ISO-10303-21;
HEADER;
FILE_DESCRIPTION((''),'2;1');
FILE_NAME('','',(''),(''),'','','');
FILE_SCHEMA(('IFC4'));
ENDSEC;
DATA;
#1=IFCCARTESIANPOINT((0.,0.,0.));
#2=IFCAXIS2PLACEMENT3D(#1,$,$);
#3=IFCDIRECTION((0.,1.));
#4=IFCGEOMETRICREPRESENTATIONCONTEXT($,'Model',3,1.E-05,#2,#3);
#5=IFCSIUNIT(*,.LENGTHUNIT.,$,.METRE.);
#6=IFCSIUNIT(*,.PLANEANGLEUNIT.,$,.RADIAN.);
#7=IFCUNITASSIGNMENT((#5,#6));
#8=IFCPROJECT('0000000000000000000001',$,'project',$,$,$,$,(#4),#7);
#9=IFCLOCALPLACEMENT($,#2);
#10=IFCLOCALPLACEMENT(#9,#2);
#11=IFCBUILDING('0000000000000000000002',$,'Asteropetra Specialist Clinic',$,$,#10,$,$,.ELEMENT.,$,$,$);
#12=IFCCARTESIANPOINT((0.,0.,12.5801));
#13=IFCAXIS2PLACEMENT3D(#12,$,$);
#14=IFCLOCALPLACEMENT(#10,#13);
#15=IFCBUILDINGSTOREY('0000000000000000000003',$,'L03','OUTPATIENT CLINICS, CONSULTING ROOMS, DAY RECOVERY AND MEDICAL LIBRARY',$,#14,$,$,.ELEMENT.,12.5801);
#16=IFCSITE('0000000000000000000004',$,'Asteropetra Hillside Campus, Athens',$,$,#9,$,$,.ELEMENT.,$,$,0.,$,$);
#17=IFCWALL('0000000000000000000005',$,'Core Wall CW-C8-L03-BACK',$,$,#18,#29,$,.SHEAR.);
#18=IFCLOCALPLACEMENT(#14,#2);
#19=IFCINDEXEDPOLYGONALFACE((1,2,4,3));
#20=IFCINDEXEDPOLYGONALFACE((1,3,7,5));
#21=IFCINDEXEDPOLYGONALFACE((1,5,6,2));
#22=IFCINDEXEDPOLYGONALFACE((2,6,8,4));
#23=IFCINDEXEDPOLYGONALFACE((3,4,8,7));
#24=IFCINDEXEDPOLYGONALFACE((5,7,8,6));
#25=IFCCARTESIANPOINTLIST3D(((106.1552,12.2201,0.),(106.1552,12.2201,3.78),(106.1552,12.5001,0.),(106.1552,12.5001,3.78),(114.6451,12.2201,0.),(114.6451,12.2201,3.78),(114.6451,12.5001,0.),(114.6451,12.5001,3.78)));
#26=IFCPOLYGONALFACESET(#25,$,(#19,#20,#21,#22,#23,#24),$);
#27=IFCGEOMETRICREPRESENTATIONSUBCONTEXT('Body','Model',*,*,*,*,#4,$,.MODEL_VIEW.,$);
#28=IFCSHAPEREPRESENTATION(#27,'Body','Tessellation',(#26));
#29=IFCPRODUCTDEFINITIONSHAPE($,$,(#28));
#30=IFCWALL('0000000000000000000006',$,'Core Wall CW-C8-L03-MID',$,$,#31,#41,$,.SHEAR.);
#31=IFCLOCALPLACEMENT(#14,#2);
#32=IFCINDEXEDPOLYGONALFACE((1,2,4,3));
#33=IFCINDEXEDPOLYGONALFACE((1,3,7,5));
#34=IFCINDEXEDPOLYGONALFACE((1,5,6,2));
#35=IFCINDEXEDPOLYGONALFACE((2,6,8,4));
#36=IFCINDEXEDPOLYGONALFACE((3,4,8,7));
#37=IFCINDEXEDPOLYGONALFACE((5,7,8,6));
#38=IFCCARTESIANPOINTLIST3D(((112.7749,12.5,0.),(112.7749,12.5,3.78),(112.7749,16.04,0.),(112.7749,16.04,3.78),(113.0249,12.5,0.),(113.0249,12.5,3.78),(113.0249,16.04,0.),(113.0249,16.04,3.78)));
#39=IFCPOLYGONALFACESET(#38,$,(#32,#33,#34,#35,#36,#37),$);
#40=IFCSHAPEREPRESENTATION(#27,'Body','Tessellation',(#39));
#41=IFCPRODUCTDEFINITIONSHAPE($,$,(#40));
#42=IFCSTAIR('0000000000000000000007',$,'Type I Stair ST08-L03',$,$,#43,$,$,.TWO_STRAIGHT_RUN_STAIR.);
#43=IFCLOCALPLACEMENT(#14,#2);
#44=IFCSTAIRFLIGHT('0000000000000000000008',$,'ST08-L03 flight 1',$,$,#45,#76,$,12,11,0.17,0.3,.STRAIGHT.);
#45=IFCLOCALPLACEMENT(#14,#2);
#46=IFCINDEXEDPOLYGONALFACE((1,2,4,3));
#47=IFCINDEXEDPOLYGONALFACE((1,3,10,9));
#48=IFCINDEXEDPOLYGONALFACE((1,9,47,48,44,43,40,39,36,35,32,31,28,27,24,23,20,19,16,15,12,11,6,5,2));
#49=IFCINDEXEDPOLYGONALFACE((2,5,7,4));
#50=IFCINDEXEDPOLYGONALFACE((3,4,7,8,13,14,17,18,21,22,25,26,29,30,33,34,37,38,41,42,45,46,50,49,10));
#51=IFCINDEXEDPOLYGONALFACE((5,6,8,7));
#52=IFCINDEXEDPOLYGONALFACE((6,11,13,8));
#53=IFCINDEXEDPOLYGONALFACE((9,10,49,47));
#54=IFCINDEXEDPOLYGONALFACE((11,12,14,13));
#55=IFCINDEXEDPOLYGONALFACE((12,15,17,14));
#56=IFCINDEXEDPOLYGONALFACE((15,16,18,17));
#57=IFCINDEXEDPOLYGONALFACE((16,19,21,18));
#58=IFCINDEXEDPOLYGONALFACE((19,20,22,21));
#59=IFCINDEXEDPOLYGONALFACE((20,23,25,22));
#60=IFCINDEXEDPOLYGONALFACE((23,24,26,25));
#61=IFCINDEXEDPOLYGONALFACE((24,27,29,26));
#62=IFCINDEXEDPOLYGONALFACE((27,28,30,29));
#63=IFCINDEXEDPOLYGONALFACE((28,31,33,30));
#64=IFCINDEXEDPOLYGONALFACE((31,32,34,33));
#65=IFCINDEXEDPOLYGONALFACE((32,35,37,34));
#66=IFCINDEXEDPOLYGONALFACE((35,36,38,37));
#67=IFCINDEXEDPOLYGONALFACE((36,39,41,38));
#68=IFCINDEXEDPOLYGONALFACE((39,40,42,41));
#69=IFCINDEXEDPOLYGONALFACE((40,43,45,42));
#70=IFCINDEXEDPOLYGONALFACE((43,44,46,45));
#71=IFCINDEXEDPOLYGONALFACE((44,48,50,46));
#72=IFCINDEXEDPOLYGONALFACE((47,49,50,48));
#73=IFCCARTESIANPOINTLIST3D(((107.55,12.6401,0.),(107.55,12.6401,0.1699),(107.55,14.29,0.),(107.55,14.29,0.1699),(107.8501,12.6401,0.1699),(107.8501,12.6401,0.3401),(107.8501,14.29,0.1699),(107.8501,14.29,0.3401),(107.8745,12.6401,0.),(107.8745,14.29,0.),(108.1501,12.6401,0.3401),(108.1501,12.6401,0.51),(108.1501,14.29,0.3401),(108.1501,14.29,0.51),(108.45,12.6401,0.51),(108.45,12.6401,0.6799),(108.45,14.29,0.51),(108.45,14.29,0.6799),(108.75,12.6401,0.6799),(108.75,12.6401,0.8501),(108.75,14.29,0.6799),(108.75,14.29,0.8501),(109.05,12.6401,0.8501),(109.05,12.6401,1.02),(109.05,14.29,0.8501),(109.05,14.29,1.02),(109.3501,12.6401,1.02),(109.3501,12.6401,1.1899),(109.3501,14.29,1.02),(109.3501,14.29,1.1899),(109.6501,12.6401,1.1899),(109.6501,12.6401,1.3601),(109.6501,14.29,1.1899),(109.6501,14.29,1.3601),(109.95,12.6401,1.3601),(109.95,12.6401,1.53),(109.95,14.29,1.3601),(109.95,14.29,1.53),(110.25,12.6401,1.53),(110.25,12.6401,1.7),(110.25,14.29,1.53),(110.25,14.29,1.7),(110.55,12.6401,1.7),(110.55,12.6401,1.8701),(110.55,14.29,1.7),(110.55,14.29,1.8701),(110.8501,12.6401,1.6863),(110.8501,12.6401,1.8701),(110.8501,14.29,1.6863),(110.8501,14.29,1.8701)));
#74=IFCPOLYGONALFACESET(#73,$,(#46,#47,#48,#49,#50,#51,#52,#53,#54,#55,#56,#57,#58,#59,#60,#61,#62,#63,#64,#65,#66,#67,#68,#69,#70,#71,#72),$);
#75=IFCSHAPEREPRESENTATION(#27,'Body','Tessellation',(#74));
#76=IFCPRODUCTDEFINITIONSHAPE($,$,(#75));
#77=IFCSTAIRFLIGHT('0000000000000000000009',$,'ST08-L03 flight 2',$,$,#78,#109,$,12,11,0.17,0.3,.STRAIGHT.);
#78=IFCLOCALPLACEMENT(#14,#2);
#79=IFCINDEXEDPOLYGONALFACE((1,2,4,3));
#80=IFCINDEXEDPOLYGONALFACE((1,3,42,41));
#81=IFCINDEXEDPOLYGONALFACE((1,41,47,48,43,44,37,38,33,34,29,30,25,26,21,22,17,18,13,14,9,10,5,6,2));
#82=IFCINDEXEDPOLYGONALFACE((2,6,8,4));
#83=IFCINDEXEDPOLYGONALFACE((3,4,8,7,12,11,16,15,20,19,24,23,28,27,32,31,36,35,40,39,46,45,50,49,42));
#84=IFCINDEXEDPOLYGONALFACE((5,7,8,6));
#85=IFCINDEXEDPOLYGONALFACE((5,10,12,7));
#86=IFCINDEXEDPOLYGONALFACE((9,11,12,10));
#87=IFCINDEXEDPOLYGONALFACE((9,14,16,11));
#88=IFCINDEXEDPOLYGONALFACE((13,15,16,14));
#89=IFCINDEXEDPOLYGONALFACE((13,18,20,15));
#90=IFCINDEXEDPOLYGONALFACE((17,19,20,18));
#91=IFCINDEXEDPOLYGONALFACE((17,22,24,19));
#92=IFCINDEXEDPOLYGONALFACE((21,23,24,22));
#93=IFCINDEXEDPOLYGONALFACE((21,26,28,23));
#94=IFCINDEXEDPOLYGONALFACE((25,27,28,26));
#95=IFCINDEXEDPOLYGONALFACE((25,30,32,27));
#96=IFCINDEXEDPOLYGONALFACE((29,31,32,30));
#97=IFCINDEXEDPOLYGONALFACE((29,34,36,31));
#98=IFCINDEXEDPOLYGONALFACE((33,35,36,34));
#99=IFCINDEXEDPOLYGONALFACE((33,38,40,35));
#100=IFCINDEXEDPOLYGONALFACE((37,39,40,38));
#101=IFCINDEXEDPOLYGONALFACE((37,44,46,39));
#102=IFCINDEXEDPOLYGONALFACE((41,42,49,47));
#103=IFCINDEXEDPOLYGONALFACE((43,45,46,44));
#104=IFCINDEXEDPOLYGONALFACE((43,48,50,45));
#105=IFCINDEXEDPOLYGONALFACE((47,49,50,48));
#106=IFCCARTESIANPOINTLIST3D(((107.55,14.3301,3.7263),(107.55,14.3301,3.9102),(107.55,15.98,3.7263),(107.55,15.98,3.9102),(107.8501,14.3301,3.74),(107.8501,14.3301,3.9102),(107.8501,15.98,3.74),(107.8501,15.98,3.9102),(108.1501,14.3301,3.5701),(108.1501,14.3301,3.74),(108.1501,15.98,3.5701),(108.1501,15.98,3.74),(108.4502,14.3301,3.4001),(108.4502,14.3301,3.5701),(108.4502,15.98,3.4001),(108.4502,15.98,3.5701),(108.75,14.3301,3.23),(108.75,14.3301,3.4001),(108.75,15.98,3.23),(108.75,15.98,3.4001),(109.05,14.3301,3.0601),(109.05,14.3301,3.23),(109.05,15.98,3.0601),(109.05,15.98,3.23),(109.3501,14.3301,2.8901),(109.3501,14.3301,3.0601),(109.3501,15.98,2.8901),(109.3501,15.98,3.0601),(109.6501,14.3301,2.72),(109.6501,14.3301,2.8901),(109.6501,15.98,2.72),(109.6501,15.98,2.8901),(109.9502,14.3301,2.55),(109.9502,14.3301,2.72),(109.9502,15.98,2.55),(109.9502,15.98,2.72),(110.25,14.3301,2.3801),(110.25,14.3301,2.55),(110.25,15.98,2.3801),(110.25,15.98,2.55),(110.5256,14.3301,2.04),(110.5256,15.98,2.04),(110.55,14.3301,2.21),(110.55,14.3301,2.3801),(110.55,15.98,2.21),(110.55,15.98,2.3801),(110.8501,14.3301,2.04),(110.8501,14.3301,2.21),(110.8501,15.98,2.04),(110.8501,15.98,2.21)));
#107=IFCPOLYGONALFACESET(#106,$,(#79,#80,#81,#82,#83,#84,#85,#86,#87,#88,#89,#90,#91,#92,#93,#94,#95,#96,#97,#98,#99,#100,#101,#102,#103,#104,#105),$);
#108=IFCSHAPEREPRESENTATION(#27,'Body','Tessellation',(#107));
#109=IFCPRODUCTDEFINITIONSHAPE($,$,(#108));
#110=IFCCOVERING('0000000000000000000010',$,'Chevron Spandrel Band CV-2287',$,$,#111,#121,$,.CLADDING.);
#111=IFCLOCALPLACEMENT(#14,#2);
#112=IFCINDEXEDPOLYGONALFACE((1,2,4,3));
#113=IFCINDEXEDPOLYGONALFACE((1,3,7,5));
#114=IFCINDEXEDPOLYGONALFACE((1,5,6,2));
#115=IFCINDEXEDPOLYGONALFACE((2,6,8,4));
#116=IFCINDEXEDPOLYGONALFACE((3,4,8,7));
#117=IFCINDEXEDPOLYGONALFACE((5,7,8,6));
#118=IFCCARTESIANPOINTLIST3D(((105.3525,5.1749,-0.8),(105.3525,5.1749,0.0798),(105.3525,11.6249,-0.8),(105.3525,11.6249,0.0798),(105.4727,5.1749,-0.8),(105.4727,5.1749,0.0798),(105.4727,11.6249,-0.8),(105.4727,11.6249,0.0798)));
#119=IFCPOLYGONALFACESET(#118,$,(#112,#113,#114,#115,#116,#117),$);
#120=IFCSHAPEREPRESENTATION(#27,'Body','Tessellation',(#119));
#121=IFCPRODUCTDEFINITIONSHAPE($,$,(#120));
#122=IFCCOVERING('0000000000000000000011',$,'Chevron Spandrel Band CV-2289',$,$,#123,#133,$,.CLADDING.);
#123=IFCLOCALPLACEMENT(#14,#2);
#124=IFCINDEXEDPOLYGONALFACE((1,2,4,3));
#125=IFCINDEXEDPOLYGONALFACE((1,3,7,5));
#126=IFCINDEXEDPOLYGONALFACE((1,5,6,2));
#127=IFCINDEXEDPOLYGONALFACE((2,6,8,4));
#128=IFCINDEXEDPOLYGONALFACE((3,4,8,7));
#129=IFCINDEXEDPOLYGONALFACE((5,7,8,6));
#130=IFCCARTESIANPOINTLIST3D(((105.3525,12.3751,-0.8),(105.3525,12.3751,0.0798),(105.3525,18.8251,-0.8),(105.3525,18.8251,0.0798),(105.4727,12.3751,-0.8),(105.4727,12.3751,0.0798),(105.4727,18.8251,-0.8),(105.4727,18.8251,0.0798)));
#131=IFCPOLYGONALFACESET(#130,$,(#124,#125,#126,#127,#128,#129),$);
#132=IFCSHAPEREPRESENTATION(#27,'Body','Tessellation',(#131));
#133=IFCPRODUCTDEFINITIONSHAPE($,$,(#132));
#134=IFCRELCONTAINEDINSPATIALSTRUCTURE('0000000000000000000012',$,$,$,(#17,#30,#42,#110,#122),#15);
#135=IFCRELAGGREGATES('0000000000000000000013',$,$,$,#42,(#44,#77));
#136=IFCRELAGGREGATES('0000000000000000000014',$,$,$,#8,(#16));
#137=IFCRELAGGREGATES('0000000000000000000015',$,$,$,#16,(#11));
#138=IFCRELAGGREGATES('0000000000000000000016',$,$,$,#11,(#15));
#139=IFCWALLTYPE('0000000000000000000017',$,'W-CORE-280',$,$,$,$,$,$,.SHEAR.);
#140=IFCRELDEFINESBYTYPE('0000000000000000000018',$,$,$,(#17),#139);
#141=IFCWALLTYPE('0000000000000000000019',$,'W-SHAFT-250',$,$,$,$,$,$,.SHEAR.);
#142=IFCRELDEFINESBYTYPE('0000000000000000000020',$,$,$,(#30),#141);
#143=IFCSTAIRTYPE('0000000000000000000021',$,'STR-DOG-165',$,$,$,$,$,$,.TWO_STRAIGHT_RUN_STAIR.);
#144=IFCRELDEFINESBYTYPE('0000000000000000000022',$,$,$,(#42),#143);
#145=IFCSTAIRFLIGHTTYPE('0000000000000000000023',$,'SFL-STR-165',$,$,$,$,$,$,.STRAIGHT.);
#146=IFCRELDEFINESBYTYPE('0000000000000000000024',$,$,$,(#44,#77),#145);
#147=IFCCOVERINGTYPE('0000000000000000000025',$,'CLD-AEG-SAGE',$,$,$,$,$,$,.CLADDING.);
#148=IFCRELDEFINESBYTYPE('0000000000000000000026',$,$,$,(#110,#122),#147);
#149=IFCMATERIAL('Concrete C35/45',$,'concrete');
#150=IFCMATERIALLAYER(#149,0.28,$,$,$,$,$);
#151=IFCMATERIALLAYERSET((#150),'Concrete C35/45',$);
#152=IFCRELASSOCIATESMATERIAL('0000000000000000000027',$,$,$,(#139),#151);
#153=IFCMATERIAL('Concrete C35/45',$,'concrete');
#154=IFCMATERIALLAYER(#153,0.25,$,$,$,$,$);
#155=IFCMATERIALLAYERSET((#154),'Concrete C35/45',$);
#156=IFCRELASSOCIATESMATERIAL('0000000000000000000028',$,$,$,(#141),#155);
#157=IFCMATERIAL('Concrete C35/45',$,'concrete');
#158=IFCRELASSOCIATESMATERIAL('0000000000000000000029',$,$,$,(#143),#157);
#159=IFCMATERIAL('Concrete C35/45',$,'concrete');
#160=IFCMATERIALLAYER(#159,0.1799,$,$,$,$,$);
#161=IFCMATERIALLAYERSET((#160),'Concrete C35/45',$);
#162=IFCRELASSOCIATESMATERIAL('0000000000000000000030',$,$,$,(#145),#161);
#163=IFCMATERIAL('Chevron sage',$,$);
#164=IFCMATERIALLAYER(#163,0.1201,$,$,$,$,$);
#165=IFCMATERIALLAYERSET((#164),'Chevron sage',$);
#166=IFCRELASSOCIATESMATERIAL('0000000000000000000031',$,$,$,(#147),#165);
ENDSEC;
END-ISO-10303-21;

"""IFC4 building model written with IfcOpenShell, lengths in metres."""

from ifc_helpers import new_model, si_unit, direction, frame, frame_2d, origin, origin_2d, place, context, subcontext, project, spatial, polyline, rectangle, outline, extrude, material, layer, layer_set, type_object, element, aggregate, save


model = new_model("IFC4")

# Units and contexts
model_context = context("Model", 3, precision=1e-05, world=origin(), true_north=direction((0.0, 1.0)))
body_context = subcontext(model_context, "Body", "Model", "MODEL_VIEW")
ifc_project = project(units=[si_unit("LENGTHUNIT", "METRE"), si_unit("PLANEANGLEUNIT", "RADIAN")], contexts=[model_context])

# Site, building, storey
site_placement = place(None, origin())
site = spatial("IfcSite", under=ifc_project, at=site_placement, Name="Asteropetra Hillside Campus, Athens", CompositionType="ELEMENT", RefElevation=0.0)
building_placement = place(site_placement, origin())
building = spatial("IfcBuilding", under=site, at=building_placement, Name="Asteropetra Specialist Clinic", CompositionType="ELEMENT")
storey_placement = place(building_placement, frame((0.0, 0.0, 12.5801)))
storey = spatial("IfcBuildingStorey", under=building, at=storey_placement, Name="L03", Description="OUTPATIENT CLINICS, CONSULTING ROOMS, DAY RECOVERY AND MEDICAL LIBRARY", CompositionType="ELEMENT", Elevation=12.5801)

# Walls
ifc_material_1 = material(Name="Concrete C35/45", Category="concrete")
ifc_layer_1 = layer(ifc_material_1, 0.28)
ifc_layer_set_1 = layer_set([ifc_layer_1], Name="Concrete C35/45")
wall_type_1 = type_object("IfcWallType", Name="W-CORE-280", PredefinedType="SHEAR", material=ifc_layer_set_1)
wall_1_placement = place(storey_placement, frame((106.155, 12.3601, 0.0), z_axis=(0.0, 0.0, 1.0), x_axis=(1.0, 0.0, 0.0)))
element("IfcWall", 1, at=wall_1_placement, inside=storey, type_object=wall_type_1, Name="Core Wall CW-C8-L03-BACK", PredefinedType="SHEAR", context=body_context, shape_type="SweptSolid", body=[
    extrude(rectangle(XDim=8.49, YDim=0.28, at=frame_2d((4.2451, 0.0))), origin(), (0.0, 0.0, 1.0), 3.78),
])
ifc_material_2 = material(Name="Concrete C35/45", Category="concrete")
ifc_layer_2 = layer(ifc_material_2, 0.25)
ifc_layer_set_2 = layer_set([ifc_layer_2], Name="Concrete C35/45")
wall_type_2 = type_object("IfcWallType", Name="W-SHAFT-250", PredefinedType="SHEAR", material=ifc_layer_set_2)
wall_2_placement = place(storey_placement, frame((112.8999, 12.5, 0.0), z_axis=(0.0, 0.0, 1.0), x_axis=(0.0, 1.0, 0.0)))
element("IfcWall", 2, at=wall_2_placement, inside=storey, type_object=wall_type_2, Name="Core Wall CW-C8-L03-MID", PredefinedType="SHEAR", context=body_context, shape_type="SweptSolid", body=[
    extrude(rectangle(XDim=3.54, YDim=0.25, at=frame_2d((1.77, 0.0))), origin(), (0.0, 0.0, 1.0), 3.78),
])

# Stair, stair flights
ifc_material_3 = material(Name="Concrete C35/45", Category="concrete")
stair_type = type_object("IfcStairType", Name="STR-DOG-165", PredefinedType="TWO_STRAIGHT_RUN_STAIR", material=ifc_material_3)
stair_placement = place(storey_placement, origin())
stair = element("IfcStair", 3, at=stair_placement, inside=storey, type_object=stair_type, Name="Type I Stair ST08-L03", PredefinedType="TWO_STRAIGHT_RUN_STAIR")
ifc_material_4 = material(Name="Concrete C35/45", Category="concrete")
ifc_layer_3 = layer(ifc_material_4, 0.1799)
ifc_layer_set_3 = layer_set([ifc_layer_3], Name="Concrete C35/45")
stair_flight_type = type_object("IfcStairFlightType", Name="SFL-STR-165", PredefinedType="STRAIGHT", material=ifc_layer_set_3)
stair_flight_1_placement = place(storey_placement, frame((107.55, 13.4651, 0.0), z_axis=(0.0, 0.0, 1.0), x_axis=(1.0, 0.0, 0.0)))
stair_flight_1 = element("IfcStairFlight", 4, at=stair_flight_1_placement, type_object=stair_flight_type, Name="ST08-L03 flight 1", NumberOfRisers=12, NumberOfTreads=11, PredefinedType="STRAIGHT", RiserHeight=0.17, TreadLength=0.3, context=body_context, shape_type="SweptSolid", body=[
    extrude(outline(polyline([(0.0, 0.0), (0.0, 0.1699), (0.3, 0.1699), (0.3, 0.3401), (0.6001, 0.3401), (0.6001, 0.51), (0.8999, 0.51), (0.8999, 0.6799), (1.2, 0.6799), (1.2, 0.8501), (1.5, 0.8501), (1.5, 1.02), (1.8, 1.02), (1.8, 1.1899), (2.1001, 1.1899), (2.1001, 1.3601), (2.3999, 1.3601), (2.3999, 1.53), (2.7, 1.53), (2.7, 1.7), (3.0, 1.7), (3.0, 1.8701), (3.3, 1.8701), (3.3, 2.04), (3.3, 1.6863), (0.3245, 0.0), (0.0, 0.0)])), frame((0.0, 0.825, 0.0), z_axis=(0.0, -1.0, 0.0), x_axis=(1.0, 0.0, 0.0)), (0.0, 0.0, 1.0), 1.6499),
])
stair_flight_2_placement = place(storey_placement, frame((110.8501, 15.155, 2.04), z_axis=(0.0, 0.0, 1.0), x_axis=(-1.0, 0.0, 0.0)))
stair_flight_2 = element("IfcStairFlight", 5, at=stair_flight_2_placement, type_object=stair_flight_type, Name="ST08-L03 flight 2", NumberOfRisers=12, NumberOfTreads=11, PredefinedType="STRAIGHT", RiserHeight=0.17, TreadLength=0.3, context=body_context, shape_type="SweptSolid", body=[
    extrude(outline(polyline([(0.0, 0.0), (0.0, 0.1699), (0.3, 0.1699), (0.3, 0.3401), (0.6001, 0.3401), (0.6001, 0.51), (0.8999, 0.51), (0.8999, 0.6799), (1.2, 0.6799), (1.2, 0.8501), (1.5, 0.8501), (1.5, 1.02), (1.8, 1.02), (1.8, 1.1899), (2.1001, 1.1899), (2.1001, 1.3601), (2.3999, 1.3601), (2.3999, 1.53), (2.7, 1.53), (2.7, 1.7), (3.0, 1.7), (3.0, 1.8701), (3.3, 1.8701), (3.3, 2.04), (3.3, 1.6863), (0.3245, 0.0), (0.0, 0.0)])), frame((0.0, 0.825, 0.0), z_axis=(0.0, -1.0, 0.0), x_axis=(1.0, 0.0, 0.0)), (0.0, 0.0, 1.0), 1.6499),
])
aggregate(stair, [stair_flight_1, stair_flight_2])

# Coverings
ifc_material_5 = material(Name="Chevron sage")
ifc_layer_4 = layer(ifc_material_5, 0.1201)
ifc_layer_set_4 = layer_set([ifc_layer_4], Name="Chevron sage")
covering_type = type_object("IfcCoveringType", Name="CLD-AEG-SAGE", PredefinedType="CLADDING", material=ifc_layer_set_4)
for number, where, z_axis, x_axis, name in (
    (6, (105.4126, 8.3999, -0.8), (0.0, 0.0, 1.0), (1.0, 0.0, 0.0), "Chevron Spandrel Band CV-2287"),
    (7, (105.4126, 15.6001, -0.8), (0.0, 0.0, 1.0), (1.0, 0.0, 0.0), "Chevron Spandrel Band CV-2289"),
):
    element("IfcCovering", number, at=place(storey_placement, frame(where, z_axis=z_axis, x_axis=x_axis)), inside=storey, type_object=covering_type, Name=name, PredefinedType="CLADDING", context=body_context, shape_type="SweptSolid", body=[
        extrude(rectangle(XDim=0.1201, YDim=6.45, at=origin_2d()), origin(), (0.0, 0.0, 1.0), 0.8799),
    ])

save(model, "model.ifc")
